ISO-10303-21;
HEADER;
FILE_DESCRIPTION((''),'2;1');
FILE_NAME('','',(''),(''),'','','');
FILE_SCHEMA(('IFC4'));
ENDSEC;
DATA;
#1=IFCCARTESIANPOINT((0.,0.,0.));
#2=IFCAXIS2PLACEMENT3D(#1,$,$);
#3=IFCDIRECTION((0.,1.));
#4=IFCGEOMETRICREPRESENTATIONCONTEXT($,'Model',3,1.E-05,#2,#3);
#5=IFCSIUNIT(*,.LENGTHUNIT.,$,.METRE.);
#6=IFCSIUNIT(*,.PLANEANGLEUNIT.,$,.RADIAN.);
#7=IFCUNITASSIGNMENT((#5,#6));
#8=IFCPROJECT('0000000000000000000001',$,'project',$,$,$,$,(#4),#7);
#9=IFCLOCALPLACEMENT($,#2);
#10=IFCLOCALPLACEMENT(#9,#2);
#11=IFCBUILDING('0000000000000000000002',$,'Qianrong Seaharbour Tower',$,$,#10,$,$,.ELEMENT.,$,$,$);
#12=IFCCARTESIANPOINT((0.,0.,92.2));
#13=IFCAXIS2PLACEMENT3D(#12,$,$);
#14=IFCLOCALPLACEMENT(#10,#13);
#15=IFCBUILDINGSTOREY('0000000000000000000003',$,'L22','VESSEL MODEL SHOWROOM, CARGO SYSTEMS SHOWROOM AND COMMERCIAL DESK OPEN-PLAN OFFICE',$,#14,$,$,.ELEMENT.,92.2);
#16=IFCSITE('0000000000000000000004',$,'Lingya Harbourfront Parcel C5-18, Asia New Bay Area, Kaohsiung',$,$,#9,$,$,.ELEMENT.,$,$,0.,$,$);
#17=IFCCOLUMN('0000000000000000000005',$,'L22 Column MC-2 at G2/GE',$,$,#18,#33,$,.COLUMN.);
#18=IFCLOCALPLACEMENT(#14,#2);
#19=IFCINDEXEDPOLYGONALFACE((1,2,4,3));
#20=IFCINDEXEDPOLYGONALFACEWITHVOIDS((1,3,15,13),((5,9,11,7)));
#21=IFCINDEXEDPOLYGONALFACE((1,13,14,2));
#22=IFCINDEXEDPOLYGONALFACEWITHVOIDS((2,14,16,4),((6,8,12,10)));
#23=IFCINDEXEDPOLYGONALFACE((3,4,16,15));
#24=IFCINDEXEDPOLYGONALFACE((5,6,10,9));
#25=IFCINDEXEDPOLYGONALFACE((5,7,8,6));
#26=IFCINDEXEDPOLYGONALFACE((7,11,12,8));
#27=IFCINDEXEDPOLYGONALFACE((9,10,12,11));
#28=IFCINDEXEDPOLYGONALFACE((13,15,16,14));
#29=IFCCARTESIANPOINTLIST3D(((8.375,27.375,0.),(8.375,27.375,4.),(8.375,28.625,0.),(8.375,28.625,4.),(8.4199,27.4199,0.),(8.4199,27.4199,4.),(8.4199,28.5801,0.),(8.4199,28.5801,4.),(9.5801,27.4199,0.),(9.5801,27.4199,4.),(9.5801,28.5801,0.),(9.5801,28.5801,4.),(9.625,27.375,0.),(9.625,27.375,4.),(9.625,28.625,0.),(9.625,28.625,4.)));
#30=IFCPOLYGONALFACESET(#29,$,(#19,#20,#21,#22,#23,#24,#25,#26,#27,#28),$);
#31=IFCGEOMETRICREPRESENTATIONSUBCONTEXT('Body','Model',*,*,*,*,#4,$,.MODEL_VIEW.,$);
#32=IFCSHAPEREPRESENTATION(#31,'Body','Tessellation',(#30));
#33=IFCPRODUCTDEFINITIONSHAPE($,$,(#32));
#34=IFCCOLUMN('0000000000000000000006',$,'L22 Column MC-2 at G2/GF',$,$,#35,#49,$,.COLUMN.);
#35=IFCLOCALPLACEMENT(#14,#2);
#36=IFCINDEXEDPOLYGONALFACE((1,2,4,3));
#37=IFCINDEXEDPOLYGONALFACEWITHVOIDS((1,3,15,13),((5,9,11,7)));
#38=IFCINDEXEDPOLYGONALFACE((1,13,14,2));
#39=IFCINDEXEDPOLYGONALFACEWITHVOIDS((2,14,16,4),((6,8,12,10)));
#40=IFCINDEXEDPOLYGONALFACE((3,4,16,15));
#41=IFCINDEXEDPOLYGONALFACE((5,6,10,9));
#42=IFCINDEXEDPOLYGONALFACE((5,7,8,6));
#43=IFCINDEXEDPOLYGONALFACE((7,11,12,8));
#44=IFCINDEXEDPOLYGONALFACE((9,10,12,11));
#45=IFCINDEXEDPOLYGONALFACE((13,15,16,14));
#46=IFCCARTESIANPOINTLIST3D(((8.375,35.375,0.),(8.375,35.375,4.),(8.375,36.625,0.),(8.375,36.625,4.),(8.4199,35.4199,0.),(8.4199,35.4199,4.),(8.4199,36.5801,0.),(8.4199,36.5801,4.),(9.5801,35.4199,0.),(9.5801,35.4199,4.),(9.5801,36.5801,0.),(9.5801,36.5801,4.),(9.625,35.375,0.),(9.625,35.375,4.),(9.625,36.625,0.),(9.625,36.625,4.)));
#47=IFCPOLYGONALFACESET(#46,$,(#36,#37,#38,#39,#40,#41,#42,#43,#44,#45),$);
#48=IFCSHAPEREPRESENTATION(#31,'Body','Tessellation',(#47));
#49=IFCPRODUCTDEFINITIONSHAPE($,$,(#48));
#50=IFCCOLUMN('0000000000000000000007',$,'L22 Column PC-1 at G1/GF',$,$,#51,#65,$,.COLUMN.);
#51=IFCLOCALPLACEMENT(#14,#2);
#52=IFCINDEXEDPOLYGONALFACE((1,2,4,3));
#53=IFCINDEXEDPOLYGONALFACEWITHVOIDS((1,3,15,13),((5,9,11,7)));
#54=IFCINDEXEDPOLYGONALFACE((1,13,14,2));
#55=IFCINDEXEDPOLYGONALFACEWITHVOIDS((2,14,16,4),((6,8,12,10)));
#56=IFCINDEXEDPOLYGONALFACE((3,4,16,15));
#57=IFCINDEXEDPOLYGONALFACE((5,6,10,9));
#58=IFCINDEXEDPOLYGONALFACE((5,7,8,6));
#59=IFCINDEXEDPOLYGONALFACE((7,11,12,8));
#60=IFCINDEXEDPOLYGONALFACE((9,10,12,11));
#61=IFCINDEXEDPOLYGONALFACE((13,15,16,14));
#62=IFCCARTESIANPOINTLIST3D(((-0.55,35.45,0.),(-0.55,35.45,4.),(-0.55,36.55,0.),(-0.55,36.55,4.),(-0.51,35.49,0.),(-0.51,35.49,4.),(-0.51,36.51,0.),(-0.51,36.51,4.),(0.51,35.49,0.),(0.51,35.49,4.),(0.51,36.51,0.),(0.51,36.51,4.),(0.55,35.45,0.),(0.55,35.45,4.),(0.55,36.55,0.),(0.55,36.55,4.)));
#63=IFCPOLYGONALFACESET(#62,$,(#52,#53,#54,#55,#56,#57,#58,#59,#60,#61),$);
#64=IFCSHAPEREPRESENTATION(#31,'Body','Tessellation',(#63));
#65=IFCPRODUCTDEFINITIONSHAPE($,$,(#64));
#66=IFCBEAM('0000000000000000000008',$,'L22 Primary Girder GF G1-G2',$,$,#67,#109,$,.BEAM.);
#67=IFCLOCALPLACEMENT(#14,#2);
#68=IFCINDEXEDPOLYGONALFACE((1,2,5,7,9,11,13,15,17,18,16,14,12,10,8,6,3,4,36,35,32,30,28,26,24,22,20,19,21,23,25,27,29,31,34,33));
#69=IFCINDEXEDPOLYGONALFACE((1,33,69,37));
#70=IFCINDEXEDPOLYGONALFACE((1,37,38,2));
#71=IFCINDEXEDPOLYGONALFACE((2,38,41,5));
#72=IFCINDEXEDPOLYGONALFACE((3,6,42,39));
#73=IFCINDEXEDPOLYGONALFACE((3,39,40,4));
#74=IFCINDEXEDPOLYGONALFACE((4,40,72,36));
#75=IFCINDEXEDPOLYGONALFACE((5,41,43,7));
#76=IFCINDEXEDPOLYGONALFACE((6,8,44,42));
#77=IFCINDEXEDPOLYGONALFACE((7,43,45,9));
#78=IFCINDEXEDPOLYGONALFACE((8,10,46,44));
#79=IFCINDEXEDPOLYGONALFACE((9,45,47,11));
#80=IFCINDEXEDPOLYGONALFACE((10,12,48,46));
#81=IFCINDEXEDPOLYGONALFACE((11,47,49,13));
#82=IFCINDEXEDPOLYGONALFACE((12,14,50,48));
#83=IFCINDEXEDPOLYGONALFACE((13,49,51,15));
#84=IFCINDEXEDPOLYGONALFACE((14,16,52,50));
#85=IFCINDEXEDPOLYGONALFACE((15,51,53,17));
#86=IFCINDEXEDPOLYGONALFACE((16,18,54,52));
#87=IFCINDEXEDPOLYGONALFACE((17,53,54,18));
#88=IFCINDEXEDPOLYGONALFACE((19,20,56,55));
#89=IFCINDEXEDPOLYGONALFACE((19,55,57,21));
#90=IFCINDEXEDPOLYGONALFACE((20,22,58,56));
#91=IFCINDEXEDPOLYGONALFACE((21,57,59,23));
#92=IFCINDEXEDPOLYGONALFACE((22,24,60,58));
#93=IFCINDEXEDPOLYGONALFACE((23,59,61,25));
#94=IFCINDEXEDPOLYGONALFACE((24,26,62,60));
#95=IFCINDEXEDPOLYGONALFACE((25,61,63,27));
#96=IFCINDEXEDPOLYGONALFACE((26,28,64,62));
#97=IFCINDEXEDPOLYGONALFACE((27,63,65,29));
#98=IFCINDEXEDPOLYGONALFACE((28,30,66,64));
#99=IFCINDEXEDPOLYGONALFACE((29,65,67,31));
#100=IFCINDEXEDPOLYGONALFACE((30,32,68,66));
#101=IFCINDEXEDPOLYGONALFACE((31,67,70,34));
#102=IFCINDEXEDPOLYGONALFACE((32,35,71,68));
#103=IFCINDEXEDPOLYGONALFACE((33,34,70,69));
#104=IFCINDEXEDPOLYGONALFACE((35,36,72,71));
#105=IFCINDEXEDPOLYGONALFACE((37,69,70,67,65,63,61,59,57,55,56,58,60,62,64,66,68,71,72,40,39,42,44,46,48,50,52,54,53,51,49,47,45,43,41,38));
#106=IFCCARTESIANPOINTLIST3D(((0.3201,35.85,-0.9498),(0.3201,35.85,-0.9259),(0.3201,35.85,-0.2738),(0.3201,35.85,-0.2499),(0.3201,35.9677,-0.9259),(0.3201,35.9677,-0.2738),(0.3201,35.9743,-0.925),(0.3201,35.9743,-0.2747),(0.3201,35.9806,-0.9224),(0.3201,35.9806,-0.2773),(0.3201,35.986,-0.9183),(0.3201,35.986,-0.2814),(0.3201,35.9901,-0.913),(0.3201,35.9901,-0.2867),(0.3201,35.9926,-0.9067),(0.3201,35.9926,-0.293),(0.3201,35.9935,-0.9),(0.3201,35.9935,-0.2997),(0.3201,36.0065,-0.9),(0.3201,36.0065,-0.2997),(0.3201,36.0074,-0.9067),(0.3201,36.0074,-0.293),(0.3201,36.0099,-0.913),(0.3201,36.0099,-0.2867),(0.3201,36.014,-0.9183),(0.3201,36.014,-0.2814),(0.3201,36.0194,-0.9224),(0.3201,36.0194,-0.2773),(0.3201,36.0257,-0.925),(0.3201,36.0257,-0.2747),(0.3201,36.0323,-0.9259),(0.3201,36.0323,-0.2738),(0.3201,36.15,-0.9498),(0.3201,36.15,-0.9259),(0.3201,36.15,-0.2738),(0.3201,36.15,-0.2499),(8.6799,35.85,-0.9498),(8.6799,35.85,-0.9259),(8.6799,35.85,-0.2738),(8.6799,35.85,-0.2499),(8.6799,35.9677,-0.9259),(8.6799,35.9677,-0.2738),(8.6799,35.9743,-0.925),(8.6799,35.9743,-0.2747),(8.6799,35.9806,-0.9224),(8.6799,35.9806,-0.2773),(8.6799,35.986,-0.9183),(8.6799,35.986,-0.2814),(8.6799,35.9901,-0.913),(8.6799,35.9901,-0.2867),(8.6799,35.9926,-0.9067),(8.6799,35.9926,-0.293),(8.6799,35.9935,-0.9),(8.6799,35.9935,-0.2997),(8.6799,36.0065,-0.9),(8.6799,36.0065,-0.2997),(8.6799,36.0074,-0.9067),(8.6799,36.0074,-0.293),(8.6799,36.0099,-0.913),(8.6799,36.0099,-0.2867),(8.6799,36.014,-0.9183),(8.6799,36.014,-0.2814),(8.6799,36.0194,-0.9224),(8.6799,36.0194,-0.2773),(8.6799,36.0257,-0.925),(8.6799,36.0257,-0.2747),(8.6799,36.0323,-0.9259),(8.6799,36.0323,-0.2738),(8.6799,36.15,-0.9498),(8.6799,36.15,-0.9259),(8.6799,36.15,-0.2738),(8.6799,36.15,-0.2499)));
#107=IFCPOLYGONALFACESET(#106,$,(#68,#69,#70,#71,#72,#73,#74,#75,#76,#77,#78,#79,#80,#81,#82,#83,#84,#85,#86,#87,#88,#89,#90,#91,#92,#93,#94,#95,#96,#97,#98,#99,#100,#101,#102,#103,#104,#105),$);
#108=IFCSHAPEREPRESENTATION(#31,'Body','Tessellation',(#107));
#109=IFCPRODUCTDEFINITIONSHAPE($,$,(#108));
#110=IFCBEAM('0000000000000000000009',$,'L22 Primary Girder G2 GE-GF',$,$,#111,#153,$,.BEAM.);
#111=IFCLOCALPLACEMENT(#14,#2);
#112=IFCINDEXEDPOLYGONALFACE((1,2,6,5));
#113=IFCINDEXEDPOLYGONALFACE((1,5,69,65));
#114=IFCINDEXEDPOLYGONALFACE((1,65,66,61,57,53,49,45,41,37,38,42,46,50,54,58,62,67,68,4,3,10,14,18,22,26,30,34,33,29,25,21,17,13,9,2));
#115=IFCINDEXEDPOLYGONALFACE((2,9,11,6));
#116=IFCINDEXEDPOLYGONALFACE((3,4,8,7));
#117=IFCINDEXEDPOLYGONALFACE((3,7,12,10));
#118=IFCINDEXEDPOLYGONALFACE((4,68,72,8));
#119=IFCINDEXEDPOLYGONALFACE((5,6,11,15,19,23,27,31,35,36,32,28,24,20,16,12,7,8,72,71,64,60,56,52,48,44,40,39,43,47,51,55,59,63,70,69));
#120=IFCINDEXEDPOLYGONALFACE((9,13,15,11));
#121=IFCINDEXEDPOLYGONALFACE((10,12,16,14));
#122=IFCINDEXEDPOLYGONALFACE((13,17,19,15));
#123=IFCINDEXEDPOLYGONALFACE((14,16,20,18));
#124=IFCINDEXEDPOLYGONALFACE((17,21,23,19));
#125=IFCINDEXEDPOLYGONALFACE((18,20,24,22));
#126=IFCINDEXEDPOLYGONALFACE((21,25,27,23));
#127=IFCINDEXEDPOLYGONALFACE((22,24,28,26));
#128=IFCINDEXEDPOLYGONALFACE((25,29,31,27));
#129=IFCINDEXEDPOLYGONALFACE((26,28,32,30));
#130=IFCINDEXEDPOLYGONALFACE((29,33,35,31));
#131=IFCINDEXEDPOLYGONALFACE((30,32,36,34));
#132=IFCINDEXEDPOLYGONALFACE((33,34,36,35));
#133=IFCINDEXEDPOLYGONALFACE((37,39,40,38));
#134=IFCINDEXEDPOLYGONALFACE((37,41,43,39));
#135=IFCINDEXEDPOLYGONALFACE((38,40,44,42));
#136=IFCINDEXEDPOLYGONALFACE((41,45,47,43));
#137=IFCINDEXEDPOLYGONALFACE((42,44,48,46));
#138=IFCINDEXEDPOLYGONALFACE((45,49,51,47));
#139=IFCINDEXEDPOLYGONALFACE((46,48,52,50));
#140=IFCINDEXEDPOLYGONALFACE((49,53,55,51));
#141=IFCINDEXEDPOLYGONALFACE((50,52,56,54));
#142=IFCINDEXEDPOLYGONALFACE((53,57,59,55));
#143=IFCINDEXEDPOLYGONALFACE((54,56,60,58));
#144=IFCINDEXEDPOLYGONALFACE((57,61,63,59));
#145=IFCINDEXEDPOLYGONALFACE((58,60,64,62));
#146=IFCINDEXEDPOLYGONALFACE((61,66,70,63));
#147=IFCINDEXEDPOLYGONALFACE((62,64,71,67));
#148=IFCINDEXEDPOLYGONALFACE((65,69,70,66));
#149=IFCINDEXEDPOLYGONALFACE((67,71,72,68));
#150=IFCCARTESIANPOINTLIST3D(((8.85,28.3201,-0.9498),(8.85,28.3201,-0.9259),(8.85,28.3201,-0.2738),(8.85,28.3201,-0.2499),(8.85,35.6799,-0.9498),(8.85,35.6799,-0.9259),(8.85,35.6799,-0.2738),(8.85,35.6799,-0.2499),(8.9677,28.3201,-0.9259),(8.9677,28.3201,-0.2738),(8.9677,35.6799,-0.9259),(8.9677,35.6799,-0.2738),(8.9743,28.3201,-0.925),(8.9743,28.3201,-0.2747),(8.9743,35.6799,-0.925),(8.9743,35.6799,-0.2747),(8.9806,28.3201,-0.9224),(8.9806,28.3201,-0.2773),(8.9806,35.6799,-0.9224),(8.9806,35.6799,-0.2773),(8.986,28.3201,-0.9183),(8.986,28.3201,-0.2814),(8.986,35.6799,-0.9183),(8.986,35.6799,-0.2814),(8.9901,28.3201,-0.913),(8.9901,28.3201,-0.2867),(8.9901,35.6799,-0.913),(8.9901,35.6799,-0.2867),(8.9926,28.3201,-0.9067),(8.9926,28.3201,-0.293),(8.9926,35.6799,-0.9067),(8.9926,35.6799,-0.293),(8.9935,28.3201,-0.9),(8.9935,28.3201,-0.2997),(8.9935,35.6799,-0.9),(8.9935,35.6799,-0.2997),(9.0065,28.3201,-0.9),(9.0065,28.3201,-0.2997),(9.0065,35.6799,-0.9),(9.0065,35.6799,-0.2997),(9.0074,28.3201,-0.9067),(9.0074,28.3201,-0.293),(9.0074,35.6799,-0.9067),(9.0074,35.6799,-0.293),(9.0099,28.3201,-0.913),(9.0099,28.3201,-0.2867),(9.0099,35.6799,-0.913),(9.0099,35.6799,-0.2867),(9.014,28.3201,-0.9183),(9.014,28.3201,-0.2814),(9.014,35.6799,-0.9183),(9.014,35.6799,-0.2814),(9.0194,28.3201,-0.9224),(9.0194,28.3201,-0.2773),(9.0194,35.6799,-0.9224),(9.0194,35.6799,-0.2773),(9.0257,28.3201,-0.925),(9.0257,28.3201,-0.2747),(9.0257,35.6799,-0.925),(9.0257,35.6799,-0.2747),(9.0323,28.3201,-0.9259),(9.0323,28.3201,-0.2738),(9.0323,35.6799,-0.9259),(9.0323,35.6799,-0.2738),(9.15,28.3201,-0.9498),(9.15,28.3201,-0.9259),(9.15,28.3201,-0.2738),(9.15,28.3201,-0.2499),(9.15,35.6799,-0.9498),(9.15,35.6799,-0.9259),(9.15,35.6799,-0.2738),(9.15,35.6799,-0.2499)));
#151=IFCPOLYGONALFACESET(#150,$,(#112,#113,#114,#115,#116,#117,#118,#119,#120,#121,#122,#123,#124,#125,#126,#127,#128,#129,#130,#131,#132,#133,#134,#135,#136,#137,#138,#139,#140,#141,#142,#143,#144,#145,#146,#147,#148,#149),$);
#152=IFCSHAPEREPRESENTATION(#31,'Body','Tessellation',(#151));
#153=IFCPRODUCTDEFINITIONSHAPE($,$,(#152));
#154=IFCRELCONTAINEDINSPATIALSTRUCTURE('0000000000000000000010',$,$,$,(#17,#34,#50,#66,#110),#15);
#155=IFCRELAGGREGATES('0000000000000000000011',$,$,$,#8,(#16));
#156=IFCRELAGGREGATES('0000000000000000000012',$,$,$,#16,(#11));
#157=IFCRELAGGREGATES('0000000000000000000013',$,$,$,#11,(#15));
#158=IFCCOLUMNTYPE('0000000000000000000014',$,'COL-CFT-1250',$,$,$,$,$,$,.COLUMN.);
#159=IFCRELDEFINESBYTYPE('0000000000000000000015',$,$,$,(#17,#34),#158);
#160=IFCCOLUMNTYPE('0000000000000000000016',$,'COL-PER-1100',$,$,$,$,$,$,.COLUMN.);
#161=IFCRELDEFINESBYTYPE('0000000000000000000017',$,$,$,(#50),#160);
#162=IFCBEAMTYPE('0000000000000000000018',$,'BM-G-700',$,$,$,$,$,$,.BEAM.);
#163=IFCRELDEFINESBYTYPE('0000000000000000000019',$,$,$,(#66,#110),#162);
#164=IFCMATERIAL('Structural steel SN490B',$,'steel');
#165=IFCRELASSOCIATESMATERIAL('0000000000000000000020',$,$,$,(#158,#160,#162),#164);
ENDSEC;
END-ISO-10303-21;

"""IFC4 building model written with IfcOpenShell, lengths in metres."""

from ifc_helpers import new_model, si_unit, direction, frame, origin, origin_2d, place, context, subcontext, project, spatial, hollow_rectangle, i_section, extrude, material, material_profile, profile_set, type_object, element, save


model = new_model("IFC4")

# Units and contexts
model_context = context("Model", 3, precision=1e-05, world=origin(), true_north=direction((0.0, 1.0)))
body_context = subcontext(model_context, "Body", "Model", "MODEL_VIEW")
ifc_project = project(units=[si_unit("LENGTHUNIT", "METRE"), si_unit("PLANEANGLEUNIT", "RADIAN")], contexts=[model_context])

# Site, building, storey
site_placement = place(None, origin())
site = spatial("IfcSite", under=ifc_project, at=site_placement, Name="Lingya Harbourfront Parcel C5-18, Asia New Bay Area, Kaohsiung", CompositionType="ELEMENT", RefElevation=0.0)
building_placement = place(site_placement, origin())
building = spatial("IfcBuilding", under=site, at=building_placement, Name="Qianrong Seaharbour Tower", CompositionType="ELEMENT")
storey_placement = place(building_placement, frame((0.0, 0.0, 92.2)))
storey = spatial("IfcBuildingStorey", under=building, at=storey_placement, Name="L22", Description="VESSEL MODEL SHOWROOM, CARGO SYSTEMS SHOWROOM AND COMMERCIAL DESK OPEN-PLAN OFFICE", CompositionType="ELEMENT", Elevation=92.2)

# Columns
ifc_material_1 = material(Name="Structural steel SN490B", Category="steel")
ifc_material_profile_1 = material_profile(ifc_material_1, hollow_rectangle(XDim=1.25, YDim=1.25, WallThickness=0.0449, at=origin_2d()), Name="BOX1250x1250x45")
ifc_profile_set_1 = profile_set([ifc_material_profile_1], Name="Structural steel SN490B")
column_type_1 = type_object("IfcColumnType", Name="COL-CFT-1250", PredefinedType="COLUMN", material=ifc_profile_set_1)
for number, where, z_axis, x_axis, name in (
    (1, (9.0, 28.0, 0.0), (0.0, 0.0, 1.0), (1.0, 0.0, 0.0), "L22 Column MC-2 at G2/GE"),
    (2, (9.0, 36.0, 0.0), (0.0, 0.0, 1.0), (1.0, 0.0, 0.0), "L22 Column MC-2 at G2/GF"),
):
    element("IfcColumn", number, at=place(storey_placement, frame(where, z_axis=z_axis, x_axis=x_axis)), inside=storey, type_object=column_type_1, Name=name, PredefinedType="COLUMN", context=body_context, shape_type="SweptSolid", body=[
        extrude(hollow_rectangle(XDim=1.25, YDim=1.25, WallThickness=0.0449, at=origin_2d()), origin(), (0.0, 0.0, 1.0), 4.0),
    ])
ifc_material_profile_2 = material_profile(ifc_material_1, hollow_rectangle(XDim=1.1001, YDim=1.1001, WallThickness=0.04, at=origin_2d()), Name="BOX1100x1100x40")
ifc_profile_set_2 = profile_set([ifc_material_profile_2], Name="Structural steel SN490B")
column_type_2 = type_object("IfcColumnType", Name="COL-PER-1100", PredefinedType="COLUMN", material=ifc_profile_set_2)
column_placement = place(storey_placement, frame((0.0, 36.0, 0.0), z_axis=(0.0, 0.0, 1.0), x_axis=(1.0, 0.0, 0.0)))
element("IfcColumn", 3, at=column_placement, inside=storey, type_object=column_type_2, Name="L22 Column PC-1 at G1/GF", PredefinedType="COLUMN", context=body_context, shape_type="SweptSolid", body=[
    extrude(hollow_rectangle(XDim=1.1001, YDim=1.1001, WallThickness=0.04, at=origin_2d()), origin(), (0.0, 0.0, 1.0), 4.0),
])

# Beams
ifc_material_profile_3 = material_profile(ifc_material_1, i_section(OverallWidth=0.3, OverallDepth=0.7, WebThickness=0.0129, FlangeThickness=0.0239, FilletRadius=0.0259, at=origin_2d()), Name="H700x300x13x24")
ifc_profile_set_3 = profile_set([ifc_material_profile_3], Name="Structural steel SN490B")
beam_type_1 = type_object("IfcBeamType", Name="BM-G-700", PredefinedType="BEAM", material=ifc_profile_set_3)
beam_1_placement = place(storey_placement, frame((0.3201, 36.0, -0.5999), z_axis=(1.0, 0.0, 0.0), x_axis=(0.0, 1.0, 0.0)))
element("IfcBeam", 4, at=beam_1_placement, inside=storey, type_object=beam_type_1, Name="L22 Primary Girder GF G1-G2", PredefinedType="BEAM", context=body_context, shape_type="SweptSolid", body=[
    extrude(i_section(OverallWidth=0.3, OverallDepth=0.7, WebThickness=0.0129, FlangeThickness=0.0239, FilletRadius=0.0259, at=origin_2d()), origin(), (0.0, 0.0, 1.0), 8.3599),
])
beam_2_placement = place(storey_placement, frame((9.0, 28.3201, -0.5999), z_axis=(0.0, 1.0, 0.0), x_axis=(-1.0, 0.0, 0.0)))
element("IfcBeam", 5, at=beam_2_placement, inside=storey, type_object=beam_type_1, Name="L22 Primary Girder G2 GE-GF", PredefinedType="BEAM", context=body_context, shape_type="SweptSolid", body=[
    extrude(i_section(OverallWidth=0.3, OverallDepth=0.7, WebThickness=0.0129, FlangeThickness=0.0239, FilletRadius=0.0259, at=origin_2d()), origin(), (0.0, 0.0, 1.0), 7.3599),
])

save(model, "model.ifc")
